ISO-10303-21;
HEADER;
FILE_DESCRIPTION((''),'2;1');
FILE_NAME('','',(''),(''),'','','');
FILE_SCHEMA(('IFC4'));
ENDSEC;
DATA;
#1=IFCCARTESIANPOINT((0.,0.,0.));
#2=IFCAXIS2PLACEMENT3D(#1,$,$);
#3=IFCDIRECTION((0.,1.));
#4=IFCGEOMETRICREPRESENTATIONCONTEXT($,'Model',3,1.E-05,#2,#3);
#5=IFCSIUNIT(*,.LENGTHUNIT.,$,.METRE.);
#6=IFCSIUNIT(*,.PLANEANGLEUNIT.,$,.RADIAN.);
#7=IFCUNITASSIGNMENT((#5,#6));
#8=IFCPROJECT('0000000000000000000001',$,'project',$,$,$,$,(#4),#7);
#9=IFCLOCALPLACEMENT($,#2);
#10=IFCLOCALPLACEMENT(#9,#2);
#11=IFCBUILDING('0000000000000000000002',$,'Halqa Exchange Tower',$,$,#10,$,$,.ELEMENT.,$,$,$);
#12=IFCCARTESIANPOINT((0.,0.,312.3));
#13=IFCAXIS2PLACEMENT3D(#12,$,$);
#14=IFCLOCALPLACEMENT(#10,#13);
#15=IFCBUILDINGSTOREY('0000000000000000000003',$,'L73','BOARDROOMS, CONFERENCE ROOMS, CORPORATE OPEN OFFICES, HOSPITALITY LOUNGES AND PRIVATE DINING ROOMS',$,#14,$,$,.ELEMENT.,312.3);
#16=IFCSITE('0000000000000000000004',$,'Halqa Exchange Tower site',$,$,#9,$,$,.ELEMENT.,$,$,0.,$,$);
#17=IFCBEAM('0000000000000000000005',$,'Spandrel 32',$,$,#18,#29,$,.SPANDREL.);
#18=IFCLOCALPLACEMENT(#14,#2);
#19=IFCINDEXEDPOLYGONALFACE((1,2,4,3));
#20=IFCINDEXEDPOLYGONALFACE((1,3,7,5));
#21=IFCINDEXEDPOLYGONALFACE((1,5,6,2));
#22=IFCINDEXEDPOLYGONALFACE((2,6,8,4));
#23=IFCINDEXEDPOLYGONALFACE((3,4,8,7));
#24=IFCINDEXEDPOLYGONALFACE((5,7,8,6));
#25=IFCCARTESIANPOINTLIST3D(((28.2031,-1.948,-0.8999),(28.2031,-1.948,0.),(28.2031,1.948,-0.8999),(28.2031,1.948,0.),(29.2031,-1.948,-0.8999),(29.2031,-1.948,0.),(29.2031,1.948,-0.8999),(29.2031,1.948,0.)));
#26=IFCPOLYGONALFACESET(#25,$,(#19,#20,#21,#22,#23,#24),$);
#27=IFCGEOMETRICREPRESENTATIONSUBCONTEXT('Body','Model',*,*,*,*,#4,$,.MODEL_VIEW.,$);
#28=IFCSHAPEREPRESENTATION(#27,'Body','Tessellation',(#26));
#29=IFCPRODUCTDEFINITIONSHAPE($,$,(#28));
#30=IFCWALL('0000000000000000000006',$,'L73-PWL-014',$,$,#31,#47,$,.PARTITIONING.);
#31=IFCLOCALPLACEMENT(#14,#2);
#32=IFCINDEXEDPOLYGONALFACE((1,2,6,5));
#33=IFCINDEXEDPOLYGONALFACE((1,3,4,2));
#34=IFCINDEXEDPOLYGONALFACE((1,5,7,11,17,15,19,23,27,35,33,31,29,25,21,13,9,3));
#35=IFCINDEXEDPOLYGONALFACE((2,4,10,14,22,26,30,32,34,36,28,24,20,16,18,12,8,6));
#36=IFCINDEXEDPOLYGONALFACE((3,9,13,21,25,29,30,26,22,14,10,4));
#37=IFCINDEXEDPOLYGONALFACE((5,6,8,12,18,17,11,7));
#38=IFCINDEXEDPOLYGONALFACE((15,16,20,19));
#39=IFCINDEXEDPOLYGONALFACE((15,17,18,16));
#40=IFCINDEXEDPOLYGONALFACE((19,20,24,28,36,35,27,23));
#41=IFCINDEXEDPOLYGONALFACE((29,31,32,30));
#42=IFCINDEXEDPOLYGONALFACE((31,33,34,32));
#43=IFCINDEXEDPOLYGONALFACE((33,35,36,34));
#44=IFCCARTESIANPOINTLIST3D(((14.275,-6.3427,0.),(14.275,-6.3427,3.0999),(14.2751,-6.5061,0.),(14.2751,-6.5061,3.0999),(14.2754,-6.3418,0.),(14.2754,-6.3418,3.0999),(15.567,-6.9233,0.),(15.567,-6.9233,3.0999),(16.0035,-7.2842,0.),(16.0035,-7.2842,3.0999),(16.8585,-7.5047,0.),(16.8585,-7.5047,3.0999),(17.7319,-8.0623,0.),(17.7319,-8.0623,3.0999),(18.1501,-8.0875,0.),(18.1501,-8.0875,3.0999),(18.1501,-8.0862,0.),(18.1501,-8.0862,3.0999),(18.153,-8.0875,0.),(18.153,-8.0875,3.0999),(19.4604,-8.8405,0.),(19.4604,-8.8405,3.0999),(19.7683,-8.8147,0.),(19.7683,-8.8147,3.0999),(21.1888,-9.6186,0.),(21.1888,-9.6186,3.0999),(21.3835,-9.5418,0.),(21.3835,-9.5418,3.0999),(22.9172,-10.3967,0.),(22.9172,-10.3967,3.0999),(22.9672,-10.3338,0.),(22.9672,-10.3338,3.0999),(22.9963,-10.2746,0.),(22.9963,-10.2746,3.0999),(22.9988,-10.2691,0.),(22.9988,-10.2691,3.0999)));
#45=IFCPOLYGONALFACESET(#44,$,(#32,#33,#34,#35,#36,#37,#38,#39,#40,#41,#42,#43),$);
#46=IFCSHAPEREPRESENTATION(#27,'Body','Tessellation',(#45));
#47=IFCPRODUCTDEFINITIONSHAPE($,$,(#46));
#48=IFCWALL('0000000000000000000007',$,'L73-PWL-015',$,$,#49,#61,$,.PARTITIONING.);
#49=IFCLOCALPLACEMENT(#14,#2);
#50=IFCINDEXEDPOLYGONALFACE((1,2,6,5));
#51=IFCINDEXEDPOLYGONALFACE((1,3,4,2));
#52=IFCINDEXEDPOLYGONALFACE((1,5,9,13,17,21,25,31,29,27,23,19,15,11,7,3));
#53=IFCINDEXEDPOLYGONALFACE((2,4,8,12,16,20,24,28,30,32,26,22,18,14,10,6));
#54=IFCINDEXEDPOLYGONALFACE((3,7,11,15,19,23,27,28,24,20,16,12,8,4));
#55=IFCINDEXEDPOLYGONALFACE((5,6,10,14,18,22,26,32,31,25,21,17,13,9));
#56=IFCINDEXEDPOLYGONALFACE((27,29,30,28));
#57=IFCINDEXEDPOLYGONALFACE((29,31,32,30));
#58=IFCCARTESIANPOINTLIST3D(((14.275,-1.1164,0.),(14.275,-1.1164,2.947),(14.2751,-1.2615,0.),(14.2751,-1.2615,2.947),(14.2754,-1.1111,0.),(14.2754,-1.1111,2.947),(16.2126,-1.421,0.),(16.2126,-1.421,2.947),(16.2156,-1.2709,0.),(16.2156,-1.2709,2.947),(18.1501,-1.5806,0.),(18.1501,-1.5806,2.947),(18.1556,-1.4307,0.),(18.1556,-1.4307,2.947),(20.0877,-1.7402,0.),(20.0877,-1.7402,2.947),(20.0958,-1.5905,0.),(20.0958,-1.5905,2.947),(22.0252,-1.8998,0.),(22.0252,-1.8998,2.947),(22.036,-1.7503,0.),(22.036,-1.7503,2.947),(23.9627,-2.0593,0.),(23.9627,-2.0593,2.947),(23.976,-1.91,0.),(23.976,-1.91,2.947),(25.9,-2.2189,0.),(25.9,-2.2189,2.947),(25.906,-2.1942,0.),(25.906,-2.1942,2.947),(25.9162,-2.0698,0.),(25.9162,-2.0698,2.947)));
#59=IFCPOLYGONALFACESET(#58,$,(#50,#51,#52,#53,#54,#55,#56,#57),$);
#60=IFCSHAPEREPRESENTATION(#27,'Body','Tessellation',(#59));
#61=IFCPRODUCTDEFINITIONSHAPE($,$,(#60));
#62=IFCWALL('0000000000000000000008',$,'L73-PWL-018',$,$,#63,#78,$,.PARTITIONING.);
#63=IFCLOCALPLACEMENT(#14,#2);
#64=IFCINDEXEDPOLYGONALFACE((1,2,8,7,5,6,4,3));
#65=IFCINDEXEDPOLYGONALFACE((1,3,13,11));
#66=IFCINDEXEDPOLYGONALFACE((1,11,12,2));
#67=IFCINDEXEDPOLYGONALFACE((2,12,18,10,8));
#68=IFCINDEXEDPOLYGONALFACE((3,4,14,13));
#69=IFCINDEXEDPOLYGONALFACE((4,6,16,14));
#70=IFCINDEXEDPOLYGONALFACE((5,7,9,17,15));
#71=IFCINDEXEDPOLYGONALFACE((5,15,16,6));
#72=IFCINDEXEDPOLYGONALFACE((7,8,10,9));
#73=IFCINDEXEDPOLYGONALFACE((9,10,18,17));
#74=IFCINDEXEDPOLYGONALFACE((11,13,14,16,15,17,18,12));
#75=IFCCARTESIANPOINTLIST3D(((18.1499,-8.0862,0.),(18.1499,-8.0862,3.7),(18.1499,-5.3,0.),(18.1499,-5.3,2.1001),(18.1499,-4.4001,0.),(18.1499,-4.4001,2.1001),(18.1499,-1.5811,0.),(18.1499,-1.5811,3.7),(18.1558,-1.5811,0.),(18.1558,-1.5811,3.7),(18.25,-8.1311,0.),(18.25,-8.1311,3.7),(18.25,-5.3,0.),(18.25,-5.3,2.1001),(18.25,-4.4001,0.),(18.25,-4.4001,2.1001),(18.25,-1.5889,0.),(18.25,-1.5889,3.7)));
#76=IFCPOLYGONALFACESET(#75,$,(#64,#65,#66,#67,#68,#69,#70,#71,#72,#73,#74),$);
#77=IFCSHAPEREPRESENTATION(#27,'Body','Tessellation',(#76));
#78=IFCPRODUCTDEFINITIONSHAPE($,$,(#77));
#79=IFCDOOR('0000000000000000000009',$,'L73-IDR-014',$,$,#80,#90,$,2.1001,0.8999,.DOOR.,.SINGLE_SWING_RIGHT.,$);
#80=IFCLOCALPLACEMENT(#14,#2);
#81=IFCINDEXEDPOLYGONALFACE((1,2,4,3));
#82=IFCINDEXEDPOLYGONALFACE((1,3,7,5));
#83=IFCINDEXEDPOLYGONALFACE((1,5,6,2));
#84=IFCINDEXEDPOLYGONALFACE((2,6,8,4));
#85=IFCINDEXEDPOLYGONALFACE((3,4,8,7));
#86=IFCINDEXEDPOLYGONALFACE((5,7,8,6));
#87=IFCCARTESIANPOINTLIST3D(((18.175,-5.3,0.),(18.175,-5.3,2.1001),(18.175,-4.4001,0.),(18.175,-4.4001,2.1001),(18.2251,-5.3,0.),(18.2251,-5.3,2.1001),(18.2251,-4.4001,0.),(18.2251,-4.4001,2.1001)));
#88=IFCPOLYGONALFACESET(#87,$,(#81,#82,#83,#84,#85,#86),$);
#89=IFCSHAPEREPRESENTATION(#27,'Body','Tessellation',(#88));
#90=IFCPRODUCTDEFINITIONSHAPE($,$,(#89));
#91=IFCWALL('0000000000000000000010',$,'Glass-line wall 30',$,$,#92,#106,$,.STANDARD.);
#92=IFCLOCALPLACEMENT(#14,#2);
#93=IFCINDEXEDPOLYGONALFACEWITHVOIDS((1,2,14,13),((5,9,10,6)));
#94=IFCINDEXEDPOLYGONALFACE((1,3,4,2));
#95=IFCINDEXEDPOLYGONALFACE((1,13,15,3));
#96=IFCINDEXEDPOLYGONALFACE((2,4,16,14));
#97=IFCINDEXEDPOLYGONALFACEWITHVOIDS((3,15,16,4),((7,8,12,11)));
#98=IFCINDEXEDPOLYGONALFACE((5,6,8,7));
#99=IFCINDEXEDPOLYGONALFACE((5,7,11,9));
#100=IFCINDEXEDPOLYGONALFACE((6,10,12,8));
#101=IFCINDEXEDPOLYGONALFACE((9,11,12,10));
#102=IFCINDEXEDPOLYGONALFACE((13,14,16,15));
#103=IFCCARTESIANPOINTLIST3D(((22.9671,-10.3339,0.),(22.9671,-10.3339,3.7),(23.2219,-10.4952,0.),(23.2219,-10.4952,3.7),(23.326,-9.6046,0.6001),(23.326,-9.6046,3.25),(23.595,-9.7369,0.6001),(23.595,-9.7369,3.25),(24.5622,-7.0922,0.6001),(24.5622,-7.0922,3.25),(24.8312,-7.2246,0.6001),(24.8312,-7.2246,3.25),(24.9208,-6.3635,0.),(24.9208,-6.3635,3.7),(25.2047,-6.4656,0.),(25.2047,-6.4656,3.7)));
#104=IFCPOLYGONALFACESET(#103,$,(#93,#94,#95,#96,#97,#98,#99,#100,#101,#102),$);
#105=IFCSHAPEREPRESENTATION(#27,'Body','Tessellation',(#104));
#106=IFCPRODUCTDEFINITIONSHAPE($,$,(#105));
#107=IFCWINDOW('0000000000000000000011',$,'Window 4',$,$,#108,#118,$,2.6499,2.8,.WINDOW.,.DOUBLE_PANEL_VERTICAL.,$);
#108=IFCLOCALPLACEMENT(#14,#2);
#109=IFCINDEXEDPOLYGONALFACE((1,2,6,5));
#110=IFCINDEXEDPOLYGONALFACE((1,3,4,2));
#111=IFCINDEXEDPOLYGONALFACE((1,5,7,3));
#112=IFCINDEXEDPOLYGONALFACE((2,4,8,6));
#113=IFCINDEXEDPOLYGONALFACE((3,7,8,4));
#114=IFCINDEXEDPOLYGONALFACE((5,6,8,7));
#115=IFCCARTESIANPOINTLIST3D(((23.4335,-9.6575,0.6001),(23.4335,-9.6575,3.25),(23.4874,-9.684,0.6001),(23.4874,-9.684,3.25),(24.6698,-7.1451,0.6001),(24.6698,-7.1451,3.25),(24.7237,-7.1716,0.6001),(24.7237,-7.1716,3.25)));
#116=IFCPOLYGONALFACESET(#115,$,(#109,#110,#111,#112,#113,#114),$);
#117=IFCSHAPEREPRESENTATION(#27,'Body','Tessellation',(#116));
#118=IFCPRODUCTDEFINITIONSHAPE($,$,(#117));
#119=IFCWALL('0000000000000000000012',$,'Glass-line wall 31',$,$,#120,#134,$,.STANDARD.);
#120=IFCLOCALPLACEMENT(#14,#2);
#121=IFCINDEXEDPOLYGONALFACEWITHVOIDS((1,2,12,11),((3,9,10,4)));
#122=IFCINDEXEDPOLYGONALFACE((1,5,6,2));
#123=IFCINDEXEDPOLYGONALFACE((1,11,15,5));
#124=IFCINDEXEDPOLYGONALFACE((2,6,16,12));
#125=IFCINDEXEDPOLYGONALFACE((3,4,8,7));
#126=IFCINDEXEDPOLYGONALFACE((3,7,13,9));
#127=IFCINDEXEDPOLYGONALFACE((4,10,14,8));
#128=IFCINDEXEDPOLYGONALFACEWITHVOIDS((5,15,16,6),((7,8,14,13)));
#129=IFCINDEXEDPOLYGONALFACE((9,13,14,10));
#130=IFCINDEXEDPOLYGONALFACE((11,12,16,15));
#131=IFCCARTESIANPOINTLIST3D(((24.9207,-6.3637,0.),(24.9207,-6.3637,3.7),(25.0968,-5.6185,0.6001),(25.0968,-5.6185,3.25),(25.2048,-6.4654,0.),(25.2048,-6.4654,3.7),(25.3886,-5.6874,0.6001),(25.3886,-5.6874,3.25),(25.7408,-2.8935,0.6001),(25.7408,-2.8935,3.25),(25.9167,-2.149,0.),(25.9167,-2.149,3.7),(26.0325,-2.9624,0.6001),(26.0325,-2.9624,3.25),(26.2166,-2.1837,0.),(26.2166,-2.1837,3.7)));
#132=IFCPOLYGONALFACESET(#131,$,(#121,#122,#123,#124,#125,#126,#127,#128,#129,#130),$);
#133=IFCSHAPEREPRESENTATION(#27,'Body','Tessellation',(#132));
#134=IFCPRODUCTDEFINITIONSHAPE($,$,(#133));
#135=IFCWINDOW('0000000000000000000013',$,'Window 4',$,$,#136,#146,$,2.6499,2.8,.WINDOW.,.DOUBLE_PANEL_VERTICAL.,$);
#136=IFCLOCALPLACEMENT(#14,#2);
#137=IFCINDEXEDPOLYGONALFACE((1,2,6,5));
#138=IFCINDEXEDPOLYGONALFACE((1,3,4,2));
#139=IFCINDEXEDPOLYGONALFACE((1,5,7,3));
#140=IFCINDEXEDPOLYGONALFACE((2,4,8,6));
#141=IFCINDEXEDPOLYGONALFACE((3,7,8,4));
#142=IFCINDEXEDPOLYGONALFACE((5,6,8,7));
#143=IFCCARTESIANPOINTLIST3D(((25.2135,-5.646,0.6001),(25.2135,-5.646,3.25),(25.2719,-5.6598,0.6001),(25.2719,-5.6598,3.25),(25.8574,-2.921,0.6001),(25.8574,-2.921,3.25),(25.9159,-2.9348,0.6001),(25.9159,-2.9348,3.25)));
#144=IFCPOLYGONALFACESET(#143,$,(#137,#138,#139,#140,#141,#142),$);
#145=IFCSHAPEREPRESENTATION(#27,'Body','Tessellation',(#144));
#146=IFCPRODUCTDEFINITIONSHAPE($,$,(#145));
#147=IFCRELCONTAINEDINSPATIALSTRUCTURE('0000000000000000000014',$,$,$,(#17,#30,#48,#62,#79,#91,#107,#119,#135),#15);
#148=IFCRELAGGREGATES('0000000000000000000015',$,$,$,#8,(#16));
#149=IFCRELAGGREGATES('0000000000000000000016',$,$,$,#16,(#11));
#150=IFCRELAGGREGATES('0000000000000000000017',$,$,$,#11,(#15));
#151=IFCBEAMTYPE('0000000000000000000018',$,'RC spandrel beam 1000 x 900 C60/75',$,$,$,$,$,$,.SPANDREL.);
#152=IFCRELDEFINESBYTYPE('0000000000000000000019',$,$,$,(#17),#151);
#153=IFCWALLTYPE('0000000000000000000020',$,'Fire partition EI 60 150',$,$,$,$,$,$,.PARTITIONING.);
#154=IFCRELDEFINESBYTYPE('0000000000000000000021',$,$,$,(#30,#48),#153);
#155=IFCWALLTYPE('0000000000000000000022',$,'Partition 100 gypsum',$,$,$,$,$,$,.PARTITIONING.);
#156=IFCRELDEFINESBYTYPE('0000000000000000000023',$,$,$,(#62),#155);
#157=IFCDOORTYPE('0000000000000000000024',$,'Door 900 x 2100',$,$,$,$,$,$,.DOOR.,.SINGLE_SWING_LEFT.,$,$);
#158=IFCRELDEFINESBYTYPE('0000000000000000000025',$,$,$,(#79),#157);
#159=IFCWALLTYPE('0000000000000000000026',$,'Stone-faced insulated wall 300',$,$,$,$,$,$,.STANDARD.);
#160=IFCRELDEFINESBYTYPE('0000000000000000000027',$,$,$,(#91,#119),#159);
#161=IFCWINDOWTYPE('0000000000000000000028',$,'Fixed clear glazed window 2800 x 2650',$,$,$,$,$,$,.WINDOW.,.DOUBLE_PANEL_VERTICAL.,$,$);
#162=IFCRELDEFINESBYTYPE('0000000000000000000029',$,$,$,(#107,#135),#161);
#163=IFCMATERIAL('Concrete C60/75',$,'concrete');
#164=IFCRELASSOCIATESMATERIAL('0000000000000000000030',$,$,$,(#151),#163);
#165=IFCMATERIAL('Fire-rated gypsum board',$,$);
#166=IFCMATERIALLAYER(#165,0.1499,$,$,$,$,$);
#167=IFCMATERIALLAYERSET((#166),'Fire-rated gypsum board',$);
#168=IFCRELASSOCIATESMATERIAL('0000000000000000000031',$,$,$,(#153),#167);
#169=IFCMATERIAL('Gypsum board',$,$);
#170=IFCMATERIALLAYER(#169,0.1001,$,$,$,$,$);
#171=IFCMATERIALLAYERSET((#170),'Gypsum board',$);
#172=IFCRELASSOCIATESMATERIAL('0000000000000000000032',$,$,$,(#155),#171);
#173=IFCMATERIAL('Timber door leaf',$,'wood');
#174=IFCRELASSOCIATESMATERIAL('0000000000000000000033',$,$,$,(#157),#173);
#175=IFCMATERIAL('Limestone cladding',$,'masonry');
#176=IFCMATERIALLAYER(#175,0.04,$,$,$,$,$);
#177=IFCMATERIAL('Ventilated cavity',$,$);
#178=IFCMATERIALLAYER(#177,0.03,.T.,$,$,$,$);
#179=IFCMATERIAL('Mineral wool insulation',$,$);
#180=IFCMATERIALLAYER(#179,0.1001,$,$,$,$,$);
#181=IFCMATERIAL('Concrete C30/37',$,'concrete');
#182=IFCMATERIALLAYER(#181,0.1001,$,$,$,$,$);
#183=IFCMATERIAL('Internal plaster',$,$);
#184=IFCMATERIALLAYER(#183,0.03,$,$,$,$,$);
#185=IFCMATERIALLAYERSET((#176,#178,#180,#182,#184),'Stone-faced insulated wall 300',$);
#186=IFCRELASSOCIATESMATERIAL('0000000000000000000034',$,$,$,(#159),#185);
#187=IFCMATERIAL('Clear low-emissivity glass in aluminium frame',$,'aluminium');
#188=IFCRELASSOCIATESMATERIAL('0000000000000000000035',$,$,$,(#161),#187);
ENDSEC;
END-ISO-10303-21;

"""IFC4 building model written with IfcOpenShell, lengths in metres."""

from ifc_helpers import new_model, si_unit, direction, frame, frame_2d, origin, origin_2d, place, context, subcontext, project, spatial, polyline, rectangle, outline, extrude, material, layer, layer_set, material_profile, profile_set, type_object, element, fill, save


model = new_model("IFC4")

# Units and contexts
model_context = context("Model", 3, precision=1e-05, world=origin(), true_north=direction((0.0, 1.0)))
body_context = subcontext(model_context, "Body", "Model", "MODEL_VIEW")
ifc_project = project(units=[si_unit("LENGTHUNIT", "METRE"), si_unit("PLANEANGLEUNIT", "RADIAN")], contexts=[model_context])

# Site, building, storey
site_placement = place(None, origin())
site = spatial("IfcSite", under=ifc_project, at=site_placement, Name="Halqa Exchange Tower site", CompositionType="ELEMENT", RefElevation=0.0)
building_placement = place(site_placement, origin())
building = spatial("IfcBuilding", under=site, at=building_placement, Name="Halqa Exchange Tower", CompositionType="ELEMENT")
storey_placement = place(building_placement, frame((0.0, 0.0, 312.3)))
storey = spatial("IfcBuildingStorey", under=building, at=storey_placement, Name="L73", Description="BOARDROOMS, CONFERENCE ROOMS, CORPORATE OPEN OFFICES, HOSPITALITY LOUNGES AND PRIVATE DINING ROOMS", CompositionType="ELEMENT", Elevation=312.3)

# Beam
ifc_material_1 = material(Name="Concrete C60/75", Category="concrete")
ifc_material_profile_1 = material_profile(ifc_material_1, rectangle(XDim=1.0, YDim=0.8999, at=origin_2d()), Name="1000 x 900")
ifc_profile_set_1 = profile_set([ifc_material_profile_1], Name="Concrete C60/75")
beam_type_1 = type_object("IfcBeamType", Name="RC spandrel beam 1000 x 900 C60/75", PredefinedType="SPANDREL", material=ifc_profile_set_1)
beam_1_placement = place(storey_placement, frame((28.7031, -1.948, -0.45), z_axis=(0.0, 1.0, 0.0), x_axis=(-1.0, 0.0, 0.0)))
element("IfcBeam", 1, at=beam_1_placement, inside=storey, type_object=beam_type_1, Name="Spandrel 32", PredefinedType="SPANDREL", context=body_context, shape_type="SweptSolid", body=[
    extrude(rectangle(XDim=1.0, YDim=0.8999, at=origin_2d()), origin(), (0.0, 0.0, 1.0), 3.896),
])

# Walls
ifc_material_2 = material(Name="Fire-rated gypsum board")
ifc_layer_1 = layer(ifc_material_2, 0.1499)
ifc_layer_set_1 = layer_set([ifc_layer_1], Name="Fire-rated gypsum board")
wall_type_1 = type_object("IfcWallType", Name="Fire partition EI 60 150", PredefinedType="PARTITIONING", material=ifc_layer_set_1)
wall_1_placement = place(storey_placement, frame((14.2446, -6.4102, 0.0), z_axis=(0.0, 0.0, 1.0), x_axis=(0.911854, -0.410514, 0.0)))
element("IfcWall", 2, at=wall_1_placement, inside=storey, type_object=wall_type_1, Name="L73-PWL-014", PredefinedType="PARTITIONING", context=body_context, shape_type="SweptSolid", body=[
    extrude(outline(polyline([(0.0671, -0.075), (1.9626, -0.075), (3.8582, -0.075), (5.7537, -0.075), (7.6492, -0.075), (9.5447, -0.075), (9.5645, 0.0029), (9.5667, 0.0688), (9.5667, 0.075), (7.7952, 0.075), (6.0239, 0.075), (4.2524, 0.075), (4.2498, 0.0737), (4.2493, 0.075), (2.8328, 0.075), (1.4165, 0.075), (0.0, 0.075), (0.0, 0.074), (0.0671, -0.075)])), origin(), (0.0, 0.0, 1.0), 3.0999),
])
wall_2_placement = place(storey_placement, frame((14.2693, -1.1858, 0.0), z_axis=(0.0, 0.0, 1.0), x_axis=(0.996626, -0.082082, 0.0)))
element("IfcWall", 3, at=wall_2_placement, inside=storey, type_object=wall_type_1, Name="L73-PWL-015", PredefinedType="PARTITIONING", context=body_context, shape_type="SweptSolid", body=[
    extrude(outline(polyline([(0.012, -0.075), (1.9561, -0.075), (3.9001, -0.075), (5.8442, -0.075), (7.7883, -0.075), (9.7324, -0.075), (11.6763, -0.075), (11.6802, -0.0498), (11.6802, 0.075), (9.7334, 0.075), (7.7869, 0.075), (5.8401, 0.075), (3.8933, 0.075), (1.9468, 0.075), (0.0, 0.075), (0.0, 0.0696), (0.012, -0.075)])), origin(), (0.0, 0.0, 1.0), 2.947),
])

# Wall, opening, door
ifc_material_3 = material(Name="Gypsum board")
ifc_layer_2 = layer(ifc_material_3, 0.1001)
ifc_layer_set_2 = layer_set([ifc_layer_2], Name="Gypsum board")
wall_type_2 = type_object("IfcWallType", Name="Partition 100 gypsum", PredefinedType="PARTITIONING", material=ifc_layer_set_2)
wall_3_placement = place(storey_placement, frame((18.2, -1.5811, 0.0), z_axis=(0.0, 0.0, 1.0), x_axis=(0.0, -1.0, 0.0)))
wall_3 = element("IfcWall", 4, at=wall_3_placement, inside=storey, type_object=wall_type_2, Name="L73-PWL-018", PredefinedType="PARTITIONING", context=body_context, shape_type="SweptSolid", body=[
    extrude(outline(polyline([(0.0, -0.05), (1.6262, -0.05), (3.2524, -0.05), (4.8787, -0.05), (6.5051, -0.05), (6.55, 0.05), (6.55, 0.05), (4.9146, 0.05), (3.2788, 0.05), (1.6433, 0.05), (0.0078, 0.05), (0.0, -0.0442), (0.0, -0.05)])), origin(), (0.0, 0.0, 1.0), 3.7),
])
opening_1_placement = place(wall_3_placement, frame((2.8191, 0.0, 0.0)))
opening_1 = element("IfcOpeningElement", 5, at=opening_1_placement, cuts=wall_3, PredefinedType="OPENING", context=body_context, shape_type="SweptSolid", body=[
    extrude(rectangle(XDim=0.8999, YDim=2.1001, at=frame_2d((0.45, 1.05))), frame((0.0, 0.062, 0.0), z_axis=(0.0, -1.0, 0.0), x_axis=(1.0, 0.0, 0.0)), (0.0, 0.0, 1.0), 0.124),
])
ifc_material_4 = material(Name="Timber door leaf", Category="wood")
door_type_1 = type_object("IfcDoorType", Name="Door 900 x 2100", OperationType="SINGLE_SWING_LEFT", PredefinedType="DOOR", material=ifc_material_4)
door_1_placement = place(opening_1_placement, frame((0.8999, 0.0, 0.0), z_axis=(0.0, 0.0, 1.0), x_axis=(-1.0, 0.0, 0.0)))
door_1 = element("IfcDoor", 6, at=door_1_placement, inside=storey, type_object=door_type_1, Name="L73-IDR-014", OperationType="SINGLE_SWING_RIGHT", OverallHeight=2.1001, OverallWidth=0.8999, PredefinedType="DOOR", context=body_context, shape_type="SweptSolid", body=[
    extrude(rectangle(XDim=0.8999, YDim=2.1001, at=frame_2d((0.45, 1.05))), frame((0.0, 0.0249, 0.0), z_axis=(0.0, -1.0, 0.0), x_axis=(1.0, 0.0, 0.0)), (0.0, 0.0, 1.0), 0.05),
])
fill(opening_1, door_1)

# Walls, openings, windows
ifc_material_5 = material(Name="Limestone cladding", Category="masonry")
ifc_layer_3 = layer(ifc_material_5, 0.04)
ifc_material_6 = material(Name="Ventilated cavity")
ifc_layer_4 = layer(ifc_material_6, 0.03, ventilated=True)
ifc_material_7 = material(Name="Mineral wool insulation")
ifc_layer_5 = layer(ifc_material_7, 0.1001)
ifc_material_8 = material(Name="Concrete C30/37", Category="concrete")
ifc_layer_6 = layer(ifc_material_8, 0.1001)
ifc_material_9 = material(Name="Internal plaster")
ifc_layer_7 = layer(ifc_material_9, 0.03)
ifc_layer_set_3 = layer_set([ifc_layer_3, ifc_layer_4, ifc_layer_5, ifc_layer_6, ifc_layer_7], Name="Stone-faced insulated wall 300")
wall_type_3 = type_object("IfcWallType", Name="Stone-faced insulated wall 300", PredefinedType="STANDARD", material=ifc_layer_set_3)
wall_4_placement = place(storey_placement, frame((23.0945, -10.4146, 0.0), z_axis=(0.0, 0.0, 1.0), x_axis=(0.441509, 0.897257, 0.0)))
wall_4 = element("IfcWall", 7, at=wall_4_placement, inside=storey, type_object=wall_type_3, Name="Glass-line wall 30", PredefinedType="STANDARD", context=body_context, shape_type="SweptSolid", body=[
    extrude(outline(polyline([(-0.0161, -0.1499), (4.4749, -0.1499), (4.4412, 0.1499), (0.0161, 0.1499), (-0.0161, -0.1499)])), origin(), (0.0, 0.0, 1.0), 3.7),
])
opening_2_placement = place(wall_4_placement, frame((0.8291, 0.0, 0.6001)))
opening_2 = element("IfcOpeningElement", 8, at=opening_2_placement, cuts=wall_4, PredefinedType="OPENING", context=body_context, shape_type="SweptSolid", body=[
    extrude(rectangle(XDim=2.8, YDim=2.6499, at=frame_2d((1.3999, 1.325))), frame((0.0, 0.1621, 0.0), z_axis=(0.0, -1.0, 0.0), x_axis=(1.0, 0.0, 0.0)), (0.0, 0.0, 1.0), 0.324),
])
ifc_material_10 = material(Name="Clear low-emissivity glass in aluminium frame", Category="aluminium")
window_type = type_object("IfcWindowType", Name="Fixed clear glazed window 2800 x 2650", PartitioningType="DOUBLE_PANEL_VERTICAL", PredefinedType="WINDOW", material=ifc_material_10)
window_1_placement = place(opening_2_placement, origin())
window_1 = element("IfcWindow", 9, at=window_1_placement, inside=storey, type_object=window_type, Name="Window 4", OverallHeight=2.6499, OverallWidth=2.8, PartitioningType="DOUBLE_PANEL_VERTICAL", PredefinedType="WINDOW", context=body_context, shape_type="SweptSolid", body=[
    extrude(rectangle(XDim=2.8, YDim=2.6499, at=frame_2d((1.3999, 1.325))), frame((0.0, 0.03, 0.0), z_axis=(0.0, -1.0, 0.0), x_axis=(1.0, 0.0, 0.0)), (0.0, 0.0, 1.0), 0.0601),
])
fill(opening_2, window_1)
wall_5_placement = place(storey_placement, frame((25.0627, -6.4146, 0.0), z_axis=(0.0, 0.0, 1.0), x_axis=(0.229974, 0.973197, 0.0)))
wall_5 = element("IfcWall", 10, at=wall_5_placement, inside=storey, type_object=wall_type_3, Name="Glass-line wall 31", PredefinedType="STANDARD", context=body_context, shape_type="SweptSolid", body=[
    extrude(outline(polyline([(-0.0168, -0.1499), (4.3828, -0.1499), (4.3477, 0.1499), (0.0168, 0.1499), (-0.0168, -0.1499)])), origin(), (0.0, 0.0, 1.0), 3.7),
])
opening_3_placement = place(wall_5_placement, frame((0.7827, 0.0, 0.6001)))
opening_3 = element("IfcOpeningElement", 11, at=opening_3_placement, cuts=wall_5, PredefinedType="OPENING", context=body_context, shape_type="SweptSolid", body=[
    extrude(rectangle(XDim=2.8, YDim=2.6499, at=frame_2d((1.3999, 1.325))), frame((0.0, 0.1621, 0.0), z_axis=(0.0, -1.0, 0.0), x_axis=(1.0, 0.0, 0.0)), (0.0, 0.0, 1.0), 0.324),
])
window_2_placement = place(opening_3_placement, origin())
window_2 = element("IfcWindow", 12, at=window_2_placement, inside=storey, type_object=window_type, Name="Window 4", OverallHeight=2.6499, OverallWidth=2.8, PartitioningType="DOUBLE_PANEL_VERTICAL", PredefinedType="WINDOW", context=body_context, shape_type="SweptSolid", body=[
    extrude(rectangle(XDim=2.8, YDim=2.6499, at=frame_2d((1.3999, 1.325))), frame((0.0, 0.03, 0.0), z_axis=(0.0, -1.0, 0.0), x_axis=(1.0, 0.0, 0.0)), (0.0, 0.0, 1.0), 0.0601),
])
fill(opening_3, window_2)

save(model, "model.ifc")
